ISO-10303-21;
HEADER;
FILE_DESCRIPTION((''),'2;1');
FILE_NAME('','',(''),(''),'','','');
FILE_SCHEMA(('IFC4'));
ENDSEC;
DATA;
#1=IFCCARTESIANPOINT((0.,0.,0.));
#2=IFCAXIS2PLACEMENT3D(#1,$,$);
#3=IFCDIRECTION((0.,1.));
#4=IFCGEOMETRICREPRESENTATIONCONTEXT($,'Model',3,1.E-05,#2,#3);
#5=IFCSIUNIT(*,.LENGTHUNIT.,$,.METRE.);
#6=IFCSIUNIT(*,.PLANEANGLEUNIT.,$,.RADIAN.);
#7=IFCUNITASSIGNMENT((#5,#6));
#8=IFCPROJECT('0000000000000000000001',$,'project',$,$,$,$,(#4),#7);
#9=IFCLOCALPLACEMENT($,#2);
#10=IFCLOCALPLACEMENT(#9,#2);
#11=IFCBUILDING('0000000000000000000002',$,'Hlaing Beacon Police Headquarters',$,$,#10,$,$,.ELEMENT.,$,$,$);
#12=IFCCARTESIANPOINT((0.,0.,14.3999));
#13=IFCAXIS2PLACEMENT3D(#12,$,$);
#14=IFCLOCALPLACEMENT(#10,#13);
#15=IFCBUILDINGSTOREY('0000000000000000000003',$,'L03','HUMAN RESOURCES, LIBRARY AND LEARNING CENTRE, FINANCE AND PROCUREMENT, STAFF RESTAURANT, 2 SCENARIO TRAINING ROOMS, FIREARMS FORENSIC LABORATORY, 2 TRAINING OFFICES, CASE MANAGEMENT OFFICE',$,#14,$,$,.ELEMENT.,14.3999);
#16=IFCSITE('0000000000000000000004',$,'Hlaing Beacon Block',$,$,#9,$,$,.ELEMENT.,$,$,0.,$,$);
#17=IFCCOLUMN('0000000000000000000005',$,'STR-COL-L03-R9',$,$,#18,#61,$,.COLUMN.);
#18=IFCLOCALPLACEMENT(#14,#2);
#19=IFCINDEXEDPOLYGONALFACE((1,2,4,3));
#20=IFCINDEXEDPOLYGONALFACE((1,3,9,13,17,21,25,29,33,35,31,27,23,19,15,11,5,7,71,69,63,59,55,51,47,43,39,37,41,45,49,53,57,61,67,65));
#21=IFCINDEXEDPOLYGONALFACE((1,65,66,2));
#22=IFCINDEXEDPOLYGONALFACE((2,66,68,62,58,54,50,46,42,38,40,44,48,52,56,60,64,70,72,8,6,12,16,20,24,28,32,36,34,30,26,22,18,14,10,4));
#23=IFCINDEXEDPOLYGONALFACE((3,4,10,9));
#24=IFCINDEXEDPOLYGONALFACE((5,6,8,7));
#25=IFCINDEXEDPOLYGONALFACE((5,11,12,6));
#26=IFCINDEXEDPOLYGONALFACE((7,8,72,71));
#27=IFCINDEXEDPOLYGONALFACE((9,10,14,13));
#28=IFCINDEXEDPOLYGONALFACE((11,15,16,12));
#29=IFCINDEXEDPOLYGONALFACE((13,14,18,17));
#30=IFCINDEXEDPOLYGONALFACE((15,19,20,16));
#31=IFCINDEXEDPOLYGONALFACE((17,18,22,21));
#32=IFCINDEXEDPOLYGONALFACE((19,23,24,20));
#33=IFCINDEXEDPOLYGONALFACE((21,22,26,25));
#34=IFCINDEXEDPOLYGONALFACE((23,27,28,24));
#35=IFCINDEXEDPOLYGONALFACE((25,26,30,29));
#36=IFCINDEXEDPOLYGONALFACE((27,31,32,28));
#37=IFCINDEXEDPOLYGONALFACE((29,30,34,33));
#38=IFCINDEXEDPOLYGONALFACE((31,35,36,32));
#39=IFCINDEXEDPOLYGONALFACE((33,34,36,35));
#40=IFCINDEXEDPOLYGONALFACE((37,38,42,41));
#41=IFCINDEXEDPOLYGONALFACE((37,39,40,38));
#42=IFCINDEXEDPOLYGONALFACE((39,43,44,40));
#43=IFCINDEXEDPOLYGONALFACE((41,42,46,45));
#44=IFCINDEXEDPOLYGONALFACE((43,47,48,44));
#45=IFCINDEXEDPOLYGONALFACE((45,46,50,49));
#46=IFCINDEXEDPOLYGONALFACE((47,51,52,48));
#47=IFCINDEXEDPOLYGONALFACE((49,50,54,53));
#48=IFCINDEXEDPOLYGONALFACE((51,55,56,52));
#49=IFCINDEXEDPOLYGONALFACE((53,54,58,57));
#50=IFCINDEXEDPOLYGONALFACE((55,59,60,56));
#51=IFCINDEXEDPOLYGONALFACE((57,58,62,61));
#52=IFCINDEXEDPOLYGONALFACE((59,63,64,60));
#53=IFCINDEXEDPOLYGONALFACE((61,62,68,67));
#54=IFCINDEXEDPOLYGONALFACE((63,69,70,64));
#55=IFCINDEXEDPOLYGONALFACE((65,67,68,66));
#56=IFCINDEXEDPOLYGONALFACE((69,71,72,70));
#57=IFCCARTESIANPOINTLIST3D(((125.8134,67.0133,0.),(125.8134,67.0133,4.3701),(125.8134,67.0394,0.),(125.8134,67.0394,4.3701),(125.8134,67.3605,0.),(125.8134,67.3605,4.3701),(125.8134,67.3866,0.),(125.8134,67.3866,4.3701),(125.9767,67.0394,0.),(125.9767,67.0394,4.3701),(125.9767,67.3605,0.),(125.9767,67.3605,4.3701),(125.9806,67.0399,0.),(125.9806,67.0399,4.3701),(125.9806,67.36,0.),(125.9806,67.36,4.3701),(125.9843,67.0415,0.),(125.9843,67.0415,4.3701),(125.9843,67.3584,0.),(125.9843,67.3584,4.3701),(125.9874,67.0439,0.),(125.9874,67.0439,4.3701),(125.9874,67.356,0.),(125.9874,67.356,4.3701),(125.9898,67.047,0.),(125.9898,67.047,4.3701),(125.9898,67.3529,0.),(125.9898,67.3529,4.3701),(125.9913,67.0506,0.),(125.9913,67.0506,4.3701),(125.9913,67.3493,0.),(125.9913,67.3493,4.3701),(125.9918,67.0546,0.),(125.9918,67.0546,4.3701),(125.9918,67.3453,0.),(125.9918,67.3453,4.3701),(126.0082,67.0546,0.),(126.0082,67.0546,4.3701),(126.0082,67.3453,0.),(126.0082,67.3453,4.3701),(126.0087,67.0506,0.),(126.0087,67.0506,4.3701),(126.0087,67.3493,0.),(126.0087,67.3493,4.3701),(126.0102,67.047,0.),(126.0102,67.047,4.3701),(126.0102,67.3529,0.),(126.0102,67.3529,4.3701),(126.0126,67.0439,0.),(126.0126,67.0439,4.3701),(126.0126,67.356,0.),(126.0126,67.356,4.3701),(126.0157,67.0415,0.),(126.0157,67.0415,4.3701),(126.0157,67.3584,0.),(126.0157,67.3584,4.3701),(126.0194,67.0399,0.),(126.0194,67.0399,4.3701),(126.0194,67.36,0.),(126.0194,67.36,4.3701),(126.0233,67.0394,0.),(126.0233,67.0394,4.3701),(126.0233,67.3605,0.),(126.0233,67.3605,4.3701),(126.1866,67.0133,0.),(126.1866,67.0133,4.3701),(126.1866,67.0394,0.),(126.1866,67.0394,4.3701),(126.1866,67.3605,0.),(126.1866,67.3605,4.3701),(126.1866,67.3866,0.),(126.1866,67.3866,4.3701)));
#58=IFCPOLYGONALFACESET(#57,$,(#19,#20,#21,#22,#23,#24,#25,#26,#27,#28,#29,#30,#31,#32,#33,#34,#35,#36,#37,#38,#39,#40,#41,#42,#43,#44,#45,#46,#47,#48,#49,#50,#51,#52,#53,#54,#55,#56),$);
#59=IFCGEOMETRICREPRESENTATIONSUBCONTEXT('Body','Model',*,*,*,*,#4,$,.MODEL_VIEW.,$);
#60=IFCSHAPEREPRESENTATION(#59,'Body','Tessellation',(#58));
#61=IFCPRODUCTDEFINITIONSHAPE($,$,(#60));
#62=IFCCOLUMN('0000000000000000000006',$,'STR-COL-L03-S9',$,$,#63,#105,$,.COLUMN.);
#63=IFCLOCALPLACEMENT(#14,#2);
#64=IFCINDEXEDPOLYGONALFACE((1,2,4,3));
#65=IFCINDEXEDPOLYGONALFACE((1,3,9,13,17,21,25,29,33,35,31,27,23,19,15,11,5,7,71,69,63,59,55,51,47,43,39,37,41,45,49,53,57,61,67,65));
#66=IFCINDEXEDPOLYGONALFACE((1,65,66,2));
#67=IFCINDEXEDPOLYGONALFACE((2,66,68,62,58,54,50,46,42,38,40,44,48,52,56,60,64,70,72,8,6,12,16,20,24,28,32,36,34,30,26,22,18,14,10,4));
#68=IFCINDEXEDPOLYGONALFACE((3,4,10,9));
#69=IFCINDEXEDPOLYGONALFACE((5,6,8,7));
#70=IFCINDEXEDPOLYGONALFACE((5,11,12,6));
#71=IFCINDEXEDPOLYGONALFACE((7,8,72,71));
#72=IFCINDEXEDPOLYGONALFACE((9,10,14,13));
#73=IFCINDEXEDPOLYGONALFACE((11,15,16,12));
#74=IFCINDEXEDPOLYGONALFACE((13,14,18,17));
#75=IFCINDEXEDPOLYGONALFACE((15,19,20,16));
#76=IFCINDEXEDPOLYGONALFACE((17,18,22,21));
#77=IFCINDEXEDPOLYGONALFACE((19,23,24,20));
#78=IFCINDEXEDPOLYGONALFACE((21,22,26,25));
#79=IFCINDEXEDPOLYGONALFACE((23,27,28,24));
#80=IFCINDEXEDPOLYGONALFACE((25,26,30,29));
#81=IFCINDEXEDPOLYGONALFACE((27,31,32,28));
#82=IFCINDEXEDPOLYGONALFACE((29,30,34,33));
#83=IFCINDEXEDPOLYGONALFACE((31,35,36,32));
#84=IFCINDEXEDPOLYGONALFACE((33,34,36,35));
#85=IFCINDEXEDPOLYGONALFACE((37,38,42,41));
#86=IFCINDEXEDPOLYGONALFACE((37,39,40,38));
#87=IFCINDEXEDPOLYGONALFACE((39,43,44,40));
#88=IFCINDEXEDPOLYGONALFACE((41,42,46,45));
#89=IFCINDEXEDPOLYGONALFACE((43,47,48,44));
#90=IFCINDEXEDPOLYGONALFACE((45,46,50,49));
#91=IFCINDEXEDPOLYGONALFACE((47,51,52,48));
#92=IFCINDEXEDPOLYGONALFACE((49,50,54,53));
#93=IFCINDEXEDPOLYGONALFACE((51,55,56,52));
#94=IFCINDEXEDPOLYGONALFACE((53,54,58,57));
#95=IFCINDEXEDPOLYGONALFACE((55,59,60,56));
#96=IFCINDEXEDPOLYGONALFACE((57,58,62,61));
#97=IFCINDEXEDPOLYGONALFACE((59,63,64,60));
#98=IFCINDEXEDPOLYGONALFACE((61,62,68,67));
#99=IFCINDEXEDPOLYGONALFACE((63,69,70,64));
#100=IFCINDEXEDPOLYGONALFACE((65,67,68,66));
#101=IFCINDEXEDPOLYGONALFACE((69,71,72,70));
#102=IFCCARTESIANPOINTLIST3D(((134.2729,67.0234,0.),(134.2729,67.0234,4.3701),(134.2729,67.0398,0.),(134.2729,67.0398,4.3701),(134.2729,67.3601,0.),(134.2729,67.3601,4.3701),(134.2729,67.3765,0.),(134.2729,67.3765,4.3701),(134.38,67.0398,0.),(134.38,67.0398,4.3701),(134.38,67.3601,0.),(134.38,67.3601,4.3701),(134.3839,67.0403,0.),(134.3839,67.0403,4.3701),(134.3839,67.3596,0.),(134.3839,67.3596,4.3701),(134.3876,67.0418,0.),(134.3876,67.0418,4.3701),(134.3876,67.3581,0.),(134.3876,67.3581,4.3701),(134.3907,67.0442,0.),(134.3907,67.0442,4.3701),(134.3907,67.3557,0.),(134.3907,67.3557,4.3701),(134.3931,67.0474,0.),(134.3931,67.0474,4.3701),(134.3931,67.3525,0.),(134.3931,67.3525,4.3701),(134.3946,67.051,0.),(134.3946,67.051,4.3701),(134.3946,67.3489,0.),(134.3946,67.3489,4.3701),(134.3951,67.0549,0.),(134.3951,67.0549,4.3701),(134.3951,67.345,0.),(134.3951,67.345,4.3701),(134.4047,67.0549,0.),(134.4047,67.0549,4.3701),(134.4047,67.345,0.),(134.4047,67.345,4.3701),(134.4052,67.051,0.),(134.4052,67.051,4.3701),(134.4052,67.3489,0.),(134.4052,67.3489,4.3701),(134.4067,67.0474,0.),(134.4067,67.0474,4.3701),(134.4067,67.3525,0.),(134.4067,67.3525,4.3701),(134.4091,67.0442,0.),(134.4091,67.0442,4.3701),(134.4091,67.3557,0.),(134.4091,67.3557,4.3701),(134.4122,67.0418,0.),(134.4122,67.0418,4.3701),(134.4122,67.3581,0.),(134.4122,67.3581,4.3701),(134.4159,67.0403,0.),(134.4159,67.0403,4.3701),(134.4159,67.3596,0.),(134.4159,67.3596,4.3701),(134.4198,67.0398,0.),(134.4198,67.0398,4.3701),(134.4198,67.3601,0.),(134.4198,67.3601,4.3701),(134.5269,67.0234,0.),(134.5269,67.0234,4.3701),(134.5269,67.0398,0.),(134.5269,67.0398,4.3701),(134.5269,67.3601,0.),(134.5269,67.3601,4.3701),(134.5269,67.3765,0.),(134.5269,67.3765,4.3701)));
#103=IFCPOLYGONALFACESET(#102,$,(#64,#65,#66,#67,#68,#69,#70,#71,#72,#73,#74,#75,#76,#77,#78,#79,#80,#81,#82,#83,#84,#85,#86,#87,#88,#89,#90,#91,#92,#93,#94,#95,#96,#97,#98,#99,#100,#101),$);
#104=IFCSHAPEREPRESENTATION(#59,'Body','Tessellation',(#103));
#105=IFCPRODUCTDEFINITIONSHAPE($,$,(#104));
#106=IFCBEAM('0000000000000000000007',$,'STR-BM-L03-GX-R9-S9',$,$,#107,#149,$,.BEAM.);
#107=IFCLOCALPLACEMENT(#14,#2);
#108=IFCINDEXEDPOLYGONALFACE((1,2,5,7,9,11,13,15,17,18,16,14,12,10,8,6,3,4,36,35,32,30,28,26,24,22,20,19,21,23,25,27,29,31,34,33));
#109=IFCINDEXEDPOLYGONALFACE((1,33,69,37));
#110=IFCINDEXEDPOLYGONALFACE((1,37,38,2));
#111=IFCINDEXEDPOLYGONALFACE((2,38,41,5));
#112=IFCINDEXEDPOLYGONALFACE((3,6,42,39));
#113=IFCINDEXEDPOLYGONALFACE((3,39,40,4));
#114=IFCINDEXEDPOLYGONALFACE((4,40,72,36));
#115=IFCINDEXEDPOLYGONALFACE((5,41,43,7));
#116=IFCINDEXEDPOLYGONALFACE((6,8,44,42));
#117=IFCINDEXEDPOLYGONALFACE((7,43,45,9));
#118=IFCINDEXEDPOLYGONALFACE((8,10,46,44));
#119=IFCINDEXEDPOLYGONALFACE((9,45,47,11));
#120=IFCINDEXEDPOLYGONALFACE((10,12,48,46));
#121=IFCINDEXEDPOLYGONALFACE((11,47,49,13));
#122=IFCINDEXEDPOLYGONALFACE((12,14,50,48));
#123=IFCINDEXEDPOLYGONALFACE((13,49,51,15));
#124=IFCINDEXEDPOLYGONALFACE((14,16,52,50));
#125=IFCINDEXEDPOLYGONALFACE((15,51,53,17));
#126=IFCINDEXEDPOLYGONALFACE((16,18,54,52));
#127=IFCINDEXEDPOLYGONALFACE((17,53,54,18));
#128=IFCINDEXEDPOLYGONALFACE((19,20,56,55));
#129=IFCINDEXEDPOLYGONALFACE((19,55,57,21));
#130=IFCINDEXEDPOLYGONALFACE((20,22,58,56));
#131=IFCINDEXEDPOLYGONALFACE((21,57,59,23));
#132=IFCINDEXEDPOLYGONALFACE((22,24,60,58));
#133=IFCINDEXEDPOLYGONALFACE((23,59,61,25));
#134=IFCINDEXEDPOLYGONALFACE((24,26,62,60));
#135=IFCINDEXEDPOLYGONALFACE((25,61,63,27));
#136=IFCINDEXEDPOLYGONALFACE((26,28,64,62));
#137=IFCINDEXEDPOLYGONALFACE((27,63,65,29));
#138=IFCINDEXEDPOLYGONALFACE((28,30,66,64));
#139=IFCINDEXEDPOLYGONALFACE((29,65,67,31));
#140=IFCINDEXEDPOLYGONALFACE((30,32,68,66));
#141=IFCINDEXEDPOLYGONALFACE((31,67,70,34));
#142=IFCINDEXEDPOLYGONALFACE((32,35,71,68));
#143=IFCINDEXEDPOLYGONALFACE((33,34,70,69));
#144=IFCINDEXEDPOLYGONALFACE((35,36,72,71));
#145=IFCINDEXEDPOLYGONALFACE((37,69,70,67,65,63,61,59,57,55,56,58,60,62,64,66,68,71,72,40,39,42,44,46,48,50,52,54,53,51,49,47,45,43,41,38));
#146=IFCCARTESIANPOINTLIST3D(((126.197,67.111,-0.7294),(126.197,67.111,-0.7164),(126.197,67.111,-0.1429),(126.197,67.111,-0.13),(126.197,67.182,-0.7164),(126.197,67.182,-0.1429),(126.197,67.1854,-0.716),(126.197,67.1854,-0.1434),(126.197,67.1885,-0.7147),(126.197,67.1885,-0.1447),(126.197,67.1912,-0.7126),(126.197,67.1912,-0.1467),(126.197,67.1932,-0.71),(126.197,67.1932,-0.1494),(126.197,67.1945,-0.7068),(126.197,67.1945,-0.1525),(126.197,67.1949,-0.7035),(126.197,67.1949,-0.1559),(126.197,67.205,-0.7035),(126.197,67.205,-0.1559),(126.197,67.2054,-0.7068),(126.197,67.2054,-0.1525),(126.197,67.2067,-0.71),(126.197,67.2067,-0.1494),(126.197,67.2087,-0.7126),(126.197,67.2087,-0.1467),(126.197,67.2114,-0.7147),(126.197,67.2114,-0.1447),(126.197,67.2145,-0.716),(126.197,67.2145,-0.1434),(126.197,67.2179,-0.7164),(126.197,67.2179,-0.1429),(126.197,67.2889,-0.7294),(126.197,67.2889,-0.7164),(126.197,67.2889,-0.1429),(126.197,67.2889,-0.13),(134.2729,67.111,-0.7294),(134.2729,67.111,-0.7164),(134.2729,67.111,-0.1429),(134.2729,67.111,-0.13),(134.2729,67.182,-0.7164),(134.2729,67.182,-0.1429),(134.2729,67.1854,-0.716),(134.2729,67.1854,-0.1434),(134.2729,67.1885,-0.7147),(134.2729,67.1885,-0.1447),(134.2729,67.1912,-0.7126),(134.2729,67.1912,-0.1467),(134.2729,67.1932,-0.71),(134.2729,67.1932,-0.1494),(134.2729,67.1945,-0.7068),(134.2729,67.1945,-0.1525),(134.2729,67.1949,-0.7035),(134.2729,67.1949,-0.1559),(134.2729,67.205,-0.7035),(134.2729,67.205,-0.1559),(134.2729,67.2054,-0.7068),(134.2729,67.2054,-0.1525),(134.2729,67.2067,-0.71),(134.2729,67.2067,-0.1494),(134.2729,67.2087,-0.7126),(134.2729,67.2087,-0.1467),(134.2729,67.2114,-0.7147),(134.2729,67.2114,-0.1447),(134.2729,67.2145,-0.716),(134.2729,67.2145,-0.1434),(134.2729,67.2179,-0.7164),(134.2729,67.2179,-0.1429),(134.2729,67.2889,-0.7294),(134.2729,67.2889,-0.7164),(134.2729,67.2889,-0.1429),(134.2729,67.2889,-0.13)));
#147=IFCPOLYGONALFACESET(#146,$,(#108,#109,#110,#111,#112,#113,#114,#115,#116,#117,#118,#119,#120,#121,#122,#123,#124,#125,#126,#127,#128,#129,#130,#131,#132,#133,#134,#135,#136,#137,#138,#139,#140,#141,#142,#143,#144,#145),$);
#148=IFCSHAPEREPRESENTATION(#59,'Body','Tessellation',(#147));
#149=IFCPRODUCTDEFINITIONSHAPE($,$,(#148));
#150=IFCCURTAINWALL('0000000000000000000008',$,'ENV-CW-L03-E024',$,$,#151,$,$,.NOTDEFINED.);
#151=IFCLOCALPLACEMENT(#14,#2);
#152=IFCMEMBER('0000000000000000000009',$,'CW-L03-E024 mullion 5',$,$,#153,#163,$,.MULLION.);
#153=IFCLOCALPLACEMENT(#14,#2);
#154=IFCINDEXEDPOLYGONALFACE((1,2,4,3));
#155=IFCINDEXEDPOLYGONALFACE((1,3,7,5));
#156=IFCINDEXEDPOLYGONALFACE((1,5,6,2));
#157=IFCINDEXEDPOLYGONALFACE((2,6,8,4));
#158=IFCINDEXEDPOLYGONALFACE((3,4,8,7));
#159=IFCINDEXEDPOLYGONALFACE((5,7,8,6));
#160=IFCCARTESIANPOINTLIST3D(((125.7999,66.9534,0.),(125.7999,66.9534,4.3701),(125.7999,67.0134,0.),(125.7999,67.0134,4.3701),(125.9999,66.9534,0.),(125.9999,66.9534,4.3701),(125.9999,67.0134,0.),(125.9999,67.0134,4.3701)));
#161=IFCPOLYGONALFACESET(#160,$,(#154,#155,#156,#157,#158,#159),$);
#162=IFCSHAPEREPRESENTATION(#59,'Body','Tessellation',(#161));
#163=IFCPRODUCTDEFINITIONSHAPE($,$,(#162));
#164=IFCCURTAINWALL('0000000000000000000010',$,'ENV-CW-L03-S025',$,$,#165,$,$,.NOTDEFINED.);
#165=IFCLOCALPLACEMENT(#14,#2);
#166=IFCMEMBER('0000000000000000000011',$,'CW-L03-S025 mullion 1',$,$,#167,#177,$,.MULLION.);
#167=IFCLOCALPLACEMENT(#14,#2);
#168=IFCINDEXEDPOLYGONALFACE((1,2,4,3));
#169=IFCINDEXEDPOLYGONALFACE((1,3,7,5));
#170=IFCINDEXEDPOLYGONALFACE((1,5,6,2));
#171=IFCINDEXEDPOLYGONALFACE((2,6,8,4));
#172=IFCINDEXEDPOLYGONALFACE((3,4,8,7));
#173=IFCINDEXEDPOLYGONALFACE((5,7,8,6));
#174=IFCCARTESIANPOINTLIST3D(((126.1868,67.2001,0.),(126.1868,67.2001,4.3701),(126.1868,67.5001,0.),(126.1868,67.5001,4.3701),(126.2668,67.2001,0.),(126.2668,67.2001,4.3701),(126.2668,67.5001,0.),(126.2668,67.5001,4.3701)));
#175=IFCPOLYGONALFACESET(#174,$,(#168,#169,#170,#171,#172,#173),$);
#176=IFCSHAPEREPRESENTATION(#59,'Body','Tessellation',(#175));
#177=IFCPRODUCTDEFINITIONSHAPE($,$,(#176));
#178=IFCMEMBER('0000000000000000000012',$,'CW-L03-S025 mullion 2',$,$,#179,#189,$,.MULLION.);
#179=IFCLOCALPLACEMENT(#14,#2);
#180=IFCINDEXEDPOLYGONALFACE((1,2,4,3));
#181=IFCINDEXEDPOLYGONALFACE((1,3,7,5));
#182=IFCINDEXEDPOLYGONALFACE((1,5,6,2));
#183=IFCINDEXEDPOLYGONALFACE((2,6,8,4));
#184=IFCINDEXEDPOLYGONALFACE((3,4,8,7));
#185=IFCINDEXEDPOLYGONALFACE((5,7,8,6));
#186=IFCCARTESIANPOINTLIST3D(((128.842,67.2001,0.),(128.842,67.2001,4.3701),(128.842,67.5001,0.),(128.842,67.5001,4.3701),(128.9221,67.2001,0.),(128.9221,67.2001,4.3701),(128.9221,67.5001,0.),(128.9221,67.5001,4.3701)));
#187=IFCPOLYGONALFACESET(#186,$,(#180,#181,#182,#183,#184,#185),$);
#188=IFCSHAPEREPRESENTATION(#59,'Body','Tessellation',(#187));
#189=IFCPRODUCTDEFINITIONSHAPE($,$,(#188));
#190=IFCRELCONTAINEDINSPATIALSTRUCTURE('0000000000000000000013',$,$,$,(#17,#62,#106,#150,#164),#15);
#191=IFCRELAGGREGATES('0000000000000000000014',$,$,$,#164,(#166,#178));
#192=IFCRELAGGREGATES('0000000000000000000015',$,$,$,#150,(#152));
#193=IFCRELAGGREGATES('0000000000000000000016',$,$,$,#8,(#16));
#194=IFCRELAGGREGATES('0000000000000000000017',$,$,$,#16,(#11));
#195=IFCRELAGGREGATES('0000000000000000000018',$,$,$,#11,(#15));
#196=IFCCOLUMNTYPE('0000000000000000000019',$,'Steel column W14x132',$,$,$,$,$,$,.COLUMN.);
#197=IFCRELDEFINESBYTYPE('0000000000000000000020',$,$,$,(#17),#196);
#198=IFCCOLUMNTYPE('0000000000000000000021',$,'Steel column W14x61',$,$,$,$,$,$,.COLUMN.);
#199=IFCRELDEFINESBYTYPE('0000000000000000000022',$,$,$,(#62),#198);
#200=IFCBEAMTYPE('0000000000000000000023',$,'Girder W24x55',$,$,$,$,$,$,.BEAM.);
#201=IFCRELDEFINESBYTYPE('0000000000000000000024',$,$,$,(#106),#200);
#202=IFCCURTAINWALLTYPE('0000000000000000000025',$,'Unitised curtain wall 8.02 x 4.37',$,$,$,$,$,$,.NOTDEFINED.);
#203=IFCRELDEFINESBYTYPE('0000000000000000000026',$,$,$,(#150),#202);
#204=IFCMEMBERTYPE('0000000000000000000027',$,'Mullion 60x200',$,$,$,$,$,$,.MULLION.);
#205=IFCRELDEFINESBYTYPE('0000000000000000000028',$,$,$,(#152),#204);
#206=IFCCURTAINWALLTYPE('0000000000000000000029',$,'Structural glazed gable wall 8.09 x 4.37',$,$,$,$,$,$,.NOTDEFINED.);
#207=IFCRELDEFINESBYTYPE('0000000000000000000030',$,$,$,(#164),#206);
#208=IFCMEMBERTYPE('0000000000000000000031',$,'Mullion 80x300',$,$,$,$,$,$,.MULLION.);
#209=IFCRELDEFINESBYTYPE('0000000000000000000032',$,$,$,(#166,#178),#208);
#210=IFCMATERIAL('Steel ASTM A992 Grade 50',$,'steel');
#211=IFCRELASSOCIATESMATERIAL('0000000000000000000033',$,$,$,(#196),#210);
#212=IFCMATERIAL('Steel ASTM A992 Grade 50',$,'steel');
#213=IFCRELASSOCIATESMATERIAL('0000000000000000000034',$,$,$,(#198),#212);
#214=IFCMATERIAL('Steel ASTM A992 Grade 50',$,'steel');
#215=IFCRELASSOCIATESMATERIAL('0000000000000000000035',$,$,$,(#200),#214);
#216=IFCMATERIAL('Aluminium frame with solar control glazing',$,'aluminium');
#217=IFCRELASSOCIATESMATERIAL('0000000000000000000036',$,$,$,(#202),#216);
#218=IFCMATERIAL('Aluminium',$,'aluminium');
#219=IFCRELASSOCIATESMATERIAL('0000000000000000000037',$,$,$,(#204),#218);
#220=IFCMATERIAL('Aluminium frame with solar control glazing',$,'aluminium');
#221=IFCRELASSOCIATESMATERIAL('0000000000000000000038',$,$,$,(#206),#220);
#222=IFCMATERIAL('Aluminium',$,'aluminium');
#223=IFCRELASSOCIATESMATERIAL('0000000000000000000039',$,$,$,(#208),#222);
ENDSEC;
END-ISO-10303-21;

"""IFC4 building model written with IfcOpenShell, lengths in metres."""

from ifc_helpers import new_model, si_unit, direction, frame, origin, origin_2d, place, context, subcontext, project, spatial, rectangle, i_section, extrude, material, material_profile, profile_set, type_object, element, aggregate, save


model = new_model("IFC4")

# Units and contexts
model_context = context("Model", 3, precision=1e-05, world=origin(), true_north=direction((0.0, 1.0)))
body_context = subcontext(model_context, "Body", "Model", "MODEL_VIEW")
ifc_project = project(units=[si_unit("LENGTHUNIT", "METRE"), si_unit("PLANEANGLEUNIT", "RADIAN")], contexts=[model_context])

# Site, building, storey
site_placement = place(None, origin())
site = spatial("IfcSite", under=ifc_project, at=site_placement, Name="Hlaing Beacon Block", CompositionType="ELEMENT", RefElevation=0.0)
building_placement = place(site_placement, origin())
building = spatial("IfcBuilding", under=site, at=building_placement, Name="Hlaing Beacon Police Headquarters", CompositionType="ELEMENT")
storey_placement = place(building_placement, frame((0.0, 0.0, 14.3999)))
storey = spatial("IfcBuildingStorey", under=building, at=storey_placement, Name="L03", Description="HUMAN RESOURCES, LIBRARY AND LEARNING CENTRE, FINANCE AND PROCUREMENT, STAFF RESTAURANT, 2 SCENARIO TRAINING ROOMS, FIREARMS FORENSIC LABORATORY, 2 TRAINING OFFICES, CASE MANAGEMENT OFFICE", CompositionType="ELEMENT", Elevation=14.3999)

# Columns
ifc_material_1 = material(Name="Steel ASTM A992 Grade 50", Category="steel")
ifc_material_profile_1 = material_profile(ifc_material_1, i_section(OverallWidth=0.3733, OverallDepth=0.3733, WebThickness=0.0164, FlangeThickness=0.0261, FilletRadius=0.0151, at=origin_2d()), Name="W14x132")
ifc_profile_set_1 = profile_set([ifc_material_profile_1], Name="Steel ASTM A992 Grade 50")
column_type_1 = type_object("IfcColumnType", Name="Steel column W14x132", PredefinedType="COLUMN", material=ifc_profile_set_1)
column_1_placement = place(storey_placement, frame((126.0, 67.2, 0.0), z_axis=(0.0, 0.0, 1.0), x_axis=(1.0, 0.0, 0.0)))
element("IfcColumn", 1, at=column_1_placement, inside=storey, type_object=column_type_1, Name="STR-COL-L03-R9", PredefinedType="COLUMN", context=body_context, shape_type="SweptSolid", body=[
    extrude(i_section(OverallWidth=0.3733, OverallDepth=0.3733, WebThickness=0.0164, FlangeThickness=0.0261, FilletRadius=0.0151, at=origin_2d()), origin(), (0.0, 0.0, 1.0), 4.3701),
])
ifc_material_2 = material(Name="Steel ASTM A992 Grade 50", Category="steel")
ifc_material_profile_2 = material_profile(ifc_material_2, i_section(OverallWidth=0.2539, OverallDepth=0.353, WebThickness=0.0095, FlangeThickness=0.0164, FilletRadius=0.0151, at=origin_2d()), Name="W14x61")
ifc_profile_set_2 = profile_set([ifc_material_profile_2], Name="Steel ASTM A992 Grade 50")
column_type_2 = type_object("IfcColumnType", Name="Steel column W14x61", PredefinedType="COLUMN", material=ifc_profile_set_2)
column_2_placement = place(storey_placement, frame((134.3999, 67.2, 0.0), z_axis=(0.0, 0.0, 1.0), x_axis=(1.0, 0.0, 0.0)))
element("IfcColumn", 2, at=column_2_placement, inside=storey, type_object=column_type_2, Name="STR-COL-L03-S9", PredefinedType="COLUMN", context=body_context, shape_type="SweptSolid", body=[
    extrude(i_section(OverallWidth=0.2539, OverallDepth=0.353, WebThickness=0.0095, FlangeThickness=0.0164, FilletRadius=0.0151, at=origin_2d()), origin(), (0.0, 0.0, 1.0), 4.3701),
])

# Beam
ifc_material_3 = material(Name="Steel ASTM A992 Grade 50", Category="steel")
ifc_material_profile_3 = material_profile(ifc_material_3, i_section(OverallWidth=0.178, OverallDepth=0.5994, WebThickness=0.01, FlangeThickness=0.0129, FilletRadius=0.0129, at=origin_2d()), Name="W24x55")
ifc_profile_set_3 = profile_set([ifc_material_profile_3], Name="Steel ASTM A992 Grade 50")
beam_type_1 = type_object("IfcBeamType", Name="Girder W24x55", PredefinedType="BEAM", material=ifc_profile_set_3)
beam_placement = place(storey_placement, frame((126.197, 67.2, -0.4297), z_axis=(1.0, 0.0, 0.0), x_axis=(0.0, 1.0, 0.0)))
element("IfcBeam", 3, at=beam_placement, inside=storey, type_object=beam_type_1, Name="STR-BM-L03-GX-R9-S9", PredefinedType="BEAM", context=body_context, shape_type="SweptSolid", body=[
    extrude(i_section(OverallWidth=0.178, OverallDepth=0.5994, WebThickness=0.01, FlangeThickness=0.0129, FilletRadius=0.0129, at=origin_2d()), origin(), (0.0, 0.0, 1.0), 8.0759),
])

# Curtain wall, member
ifc_material_4 = material(Name="Aluminium frame with solar control glazing", Category="aluminium")
curtain_wall_type_1 = type_object("IfcCurtainWallType", Name="Unitised curtain wall 8.02 x 4.37", PredefinedType="NOTDEFINED", material=ifc_material_4)
curtain_wall_1_placement = place(storey_placement, origin())
curtain_wall_1 = element("IfcCurtainWall", 4, at=curtain_wall_1_placement, inside=storey, type_object=curtain_wall_type_1, Name="ENV-CW-L03-E024", PredefinedType="NOTDEFINED")
ifc_material_5 = material(Name="Aluminium", Category="aluminium")
ifc_material_profile_4 = material_profile(ifc_material_5, rectangle(XDim=0.2, YDim=0.0601, at=origin_2d()), Name="Mullion 60x200")
ifc_profile_set_4 = profile_set([ifc_material_profile_4], Name="Aluminium")
member_type_1 = type_object("IfcMemberType", Name="Mullion 60x200", PredefinedType="MULLION", material=ifc_profile_set_4)
member_1_placement = place(storey_placement, frame((125.8999, 66.9834, 0.0), z_axis=(0.0, 0.0, 1.0), x_axis=(-1.0, 0.0, 0.0)))
member_1 = element("IfcMember", 5, at=member_1_placement, type_object=member_type_1, Name="CW-L03-E024 mullion 5", PredefinedType="MULLION", context=body_context, shape_type="SweptSolid", body=[
    extrude(rectangle(XDim=0.2, YDim=0.0601, at=origin_2d()), origin(), (0.0, 0.0, 1.0), 4.3701),
])

# Curtain wall, members
ifc_material_6 = material(Name="Aluminium frame with solar control glazing", Category="aluminium")
curtain_wall_type_2 = type_object("IfcCurtainWallType", Name="Structural glazed gable wall 8.09 x 4.37", PredefinedType="NOTDEFINED", material=ifc_material_6)
curtain_wall_2_placement = place(storey_placement, origin())
curtain_wall_2 = element("IfcCurtainWall", 6, at=curtain_wall_2_placement, inside=storey, type_object=curtain_wall_type_2, Name="ENV-CW-L03-S025", PredefinedType="NOTDEFINED")
ifc_material_7 = material(Name="Aluminium", Category="aluminium")
ifc_material_profile_5 = material_profile(ifc_material_7, rectangle(XDim=0.3, YDim=0.0801, at=origin_2d()), Name="Mullion 80x300")
ifc_profile_set_5 = profile_set([ifc_material_profile_5], Name="Aluminium")
member_type_2 = type_object("IfcMemberType", Name="Mullion 80x300", PredefinedType="MULLION", material=ifc_profile_set_5)
member_2_placement = place(storey_placement, frame((126.2268, 67.3501, 0.0), z_axis=(0.0, 0.0, 1.0), x_axis=(0.0, 1.0, 0.0)))
member_2 = element("IfcMember", 7, at=member_2_placement, type_object=member_type_2, Name="CW-L03-S025 mullion 1", PredefinedType="MULLION", context=body_context, shape_type="SweptSolid", body=[
    extrude(rectangle(XDim=0.3, YDim=0.0801, at=origin_2d()), origin(), (0.0, 0.0, 1.0), 4.3701),
])
member_3_placement = place(storey_placement, frame((128.8821, 67.3501, 0.0), z_axis=(0.0, 0.0, 1.0), x_axis=(0.0, 1.0, 0.0)))
member_3 = element("IfcMember", 8, at=member_3_placement, type_object=member_type_2, Name="CW-L03-S025 mullion 2", PredefinedType="MULLION", context=body_context, shape_type="SweptSolid", body=[
    extrude(rectangle(XDim=0.3, YDim=0.0801, at=origin_2d()), origin(), (0.0, 0.0, 1.0), 4.3701),
])

aggregate(curtain_wall_2, [member_2, member_3])
aggregate(curtain_wall_1, [member_1])

save(model, "model.ifc")
